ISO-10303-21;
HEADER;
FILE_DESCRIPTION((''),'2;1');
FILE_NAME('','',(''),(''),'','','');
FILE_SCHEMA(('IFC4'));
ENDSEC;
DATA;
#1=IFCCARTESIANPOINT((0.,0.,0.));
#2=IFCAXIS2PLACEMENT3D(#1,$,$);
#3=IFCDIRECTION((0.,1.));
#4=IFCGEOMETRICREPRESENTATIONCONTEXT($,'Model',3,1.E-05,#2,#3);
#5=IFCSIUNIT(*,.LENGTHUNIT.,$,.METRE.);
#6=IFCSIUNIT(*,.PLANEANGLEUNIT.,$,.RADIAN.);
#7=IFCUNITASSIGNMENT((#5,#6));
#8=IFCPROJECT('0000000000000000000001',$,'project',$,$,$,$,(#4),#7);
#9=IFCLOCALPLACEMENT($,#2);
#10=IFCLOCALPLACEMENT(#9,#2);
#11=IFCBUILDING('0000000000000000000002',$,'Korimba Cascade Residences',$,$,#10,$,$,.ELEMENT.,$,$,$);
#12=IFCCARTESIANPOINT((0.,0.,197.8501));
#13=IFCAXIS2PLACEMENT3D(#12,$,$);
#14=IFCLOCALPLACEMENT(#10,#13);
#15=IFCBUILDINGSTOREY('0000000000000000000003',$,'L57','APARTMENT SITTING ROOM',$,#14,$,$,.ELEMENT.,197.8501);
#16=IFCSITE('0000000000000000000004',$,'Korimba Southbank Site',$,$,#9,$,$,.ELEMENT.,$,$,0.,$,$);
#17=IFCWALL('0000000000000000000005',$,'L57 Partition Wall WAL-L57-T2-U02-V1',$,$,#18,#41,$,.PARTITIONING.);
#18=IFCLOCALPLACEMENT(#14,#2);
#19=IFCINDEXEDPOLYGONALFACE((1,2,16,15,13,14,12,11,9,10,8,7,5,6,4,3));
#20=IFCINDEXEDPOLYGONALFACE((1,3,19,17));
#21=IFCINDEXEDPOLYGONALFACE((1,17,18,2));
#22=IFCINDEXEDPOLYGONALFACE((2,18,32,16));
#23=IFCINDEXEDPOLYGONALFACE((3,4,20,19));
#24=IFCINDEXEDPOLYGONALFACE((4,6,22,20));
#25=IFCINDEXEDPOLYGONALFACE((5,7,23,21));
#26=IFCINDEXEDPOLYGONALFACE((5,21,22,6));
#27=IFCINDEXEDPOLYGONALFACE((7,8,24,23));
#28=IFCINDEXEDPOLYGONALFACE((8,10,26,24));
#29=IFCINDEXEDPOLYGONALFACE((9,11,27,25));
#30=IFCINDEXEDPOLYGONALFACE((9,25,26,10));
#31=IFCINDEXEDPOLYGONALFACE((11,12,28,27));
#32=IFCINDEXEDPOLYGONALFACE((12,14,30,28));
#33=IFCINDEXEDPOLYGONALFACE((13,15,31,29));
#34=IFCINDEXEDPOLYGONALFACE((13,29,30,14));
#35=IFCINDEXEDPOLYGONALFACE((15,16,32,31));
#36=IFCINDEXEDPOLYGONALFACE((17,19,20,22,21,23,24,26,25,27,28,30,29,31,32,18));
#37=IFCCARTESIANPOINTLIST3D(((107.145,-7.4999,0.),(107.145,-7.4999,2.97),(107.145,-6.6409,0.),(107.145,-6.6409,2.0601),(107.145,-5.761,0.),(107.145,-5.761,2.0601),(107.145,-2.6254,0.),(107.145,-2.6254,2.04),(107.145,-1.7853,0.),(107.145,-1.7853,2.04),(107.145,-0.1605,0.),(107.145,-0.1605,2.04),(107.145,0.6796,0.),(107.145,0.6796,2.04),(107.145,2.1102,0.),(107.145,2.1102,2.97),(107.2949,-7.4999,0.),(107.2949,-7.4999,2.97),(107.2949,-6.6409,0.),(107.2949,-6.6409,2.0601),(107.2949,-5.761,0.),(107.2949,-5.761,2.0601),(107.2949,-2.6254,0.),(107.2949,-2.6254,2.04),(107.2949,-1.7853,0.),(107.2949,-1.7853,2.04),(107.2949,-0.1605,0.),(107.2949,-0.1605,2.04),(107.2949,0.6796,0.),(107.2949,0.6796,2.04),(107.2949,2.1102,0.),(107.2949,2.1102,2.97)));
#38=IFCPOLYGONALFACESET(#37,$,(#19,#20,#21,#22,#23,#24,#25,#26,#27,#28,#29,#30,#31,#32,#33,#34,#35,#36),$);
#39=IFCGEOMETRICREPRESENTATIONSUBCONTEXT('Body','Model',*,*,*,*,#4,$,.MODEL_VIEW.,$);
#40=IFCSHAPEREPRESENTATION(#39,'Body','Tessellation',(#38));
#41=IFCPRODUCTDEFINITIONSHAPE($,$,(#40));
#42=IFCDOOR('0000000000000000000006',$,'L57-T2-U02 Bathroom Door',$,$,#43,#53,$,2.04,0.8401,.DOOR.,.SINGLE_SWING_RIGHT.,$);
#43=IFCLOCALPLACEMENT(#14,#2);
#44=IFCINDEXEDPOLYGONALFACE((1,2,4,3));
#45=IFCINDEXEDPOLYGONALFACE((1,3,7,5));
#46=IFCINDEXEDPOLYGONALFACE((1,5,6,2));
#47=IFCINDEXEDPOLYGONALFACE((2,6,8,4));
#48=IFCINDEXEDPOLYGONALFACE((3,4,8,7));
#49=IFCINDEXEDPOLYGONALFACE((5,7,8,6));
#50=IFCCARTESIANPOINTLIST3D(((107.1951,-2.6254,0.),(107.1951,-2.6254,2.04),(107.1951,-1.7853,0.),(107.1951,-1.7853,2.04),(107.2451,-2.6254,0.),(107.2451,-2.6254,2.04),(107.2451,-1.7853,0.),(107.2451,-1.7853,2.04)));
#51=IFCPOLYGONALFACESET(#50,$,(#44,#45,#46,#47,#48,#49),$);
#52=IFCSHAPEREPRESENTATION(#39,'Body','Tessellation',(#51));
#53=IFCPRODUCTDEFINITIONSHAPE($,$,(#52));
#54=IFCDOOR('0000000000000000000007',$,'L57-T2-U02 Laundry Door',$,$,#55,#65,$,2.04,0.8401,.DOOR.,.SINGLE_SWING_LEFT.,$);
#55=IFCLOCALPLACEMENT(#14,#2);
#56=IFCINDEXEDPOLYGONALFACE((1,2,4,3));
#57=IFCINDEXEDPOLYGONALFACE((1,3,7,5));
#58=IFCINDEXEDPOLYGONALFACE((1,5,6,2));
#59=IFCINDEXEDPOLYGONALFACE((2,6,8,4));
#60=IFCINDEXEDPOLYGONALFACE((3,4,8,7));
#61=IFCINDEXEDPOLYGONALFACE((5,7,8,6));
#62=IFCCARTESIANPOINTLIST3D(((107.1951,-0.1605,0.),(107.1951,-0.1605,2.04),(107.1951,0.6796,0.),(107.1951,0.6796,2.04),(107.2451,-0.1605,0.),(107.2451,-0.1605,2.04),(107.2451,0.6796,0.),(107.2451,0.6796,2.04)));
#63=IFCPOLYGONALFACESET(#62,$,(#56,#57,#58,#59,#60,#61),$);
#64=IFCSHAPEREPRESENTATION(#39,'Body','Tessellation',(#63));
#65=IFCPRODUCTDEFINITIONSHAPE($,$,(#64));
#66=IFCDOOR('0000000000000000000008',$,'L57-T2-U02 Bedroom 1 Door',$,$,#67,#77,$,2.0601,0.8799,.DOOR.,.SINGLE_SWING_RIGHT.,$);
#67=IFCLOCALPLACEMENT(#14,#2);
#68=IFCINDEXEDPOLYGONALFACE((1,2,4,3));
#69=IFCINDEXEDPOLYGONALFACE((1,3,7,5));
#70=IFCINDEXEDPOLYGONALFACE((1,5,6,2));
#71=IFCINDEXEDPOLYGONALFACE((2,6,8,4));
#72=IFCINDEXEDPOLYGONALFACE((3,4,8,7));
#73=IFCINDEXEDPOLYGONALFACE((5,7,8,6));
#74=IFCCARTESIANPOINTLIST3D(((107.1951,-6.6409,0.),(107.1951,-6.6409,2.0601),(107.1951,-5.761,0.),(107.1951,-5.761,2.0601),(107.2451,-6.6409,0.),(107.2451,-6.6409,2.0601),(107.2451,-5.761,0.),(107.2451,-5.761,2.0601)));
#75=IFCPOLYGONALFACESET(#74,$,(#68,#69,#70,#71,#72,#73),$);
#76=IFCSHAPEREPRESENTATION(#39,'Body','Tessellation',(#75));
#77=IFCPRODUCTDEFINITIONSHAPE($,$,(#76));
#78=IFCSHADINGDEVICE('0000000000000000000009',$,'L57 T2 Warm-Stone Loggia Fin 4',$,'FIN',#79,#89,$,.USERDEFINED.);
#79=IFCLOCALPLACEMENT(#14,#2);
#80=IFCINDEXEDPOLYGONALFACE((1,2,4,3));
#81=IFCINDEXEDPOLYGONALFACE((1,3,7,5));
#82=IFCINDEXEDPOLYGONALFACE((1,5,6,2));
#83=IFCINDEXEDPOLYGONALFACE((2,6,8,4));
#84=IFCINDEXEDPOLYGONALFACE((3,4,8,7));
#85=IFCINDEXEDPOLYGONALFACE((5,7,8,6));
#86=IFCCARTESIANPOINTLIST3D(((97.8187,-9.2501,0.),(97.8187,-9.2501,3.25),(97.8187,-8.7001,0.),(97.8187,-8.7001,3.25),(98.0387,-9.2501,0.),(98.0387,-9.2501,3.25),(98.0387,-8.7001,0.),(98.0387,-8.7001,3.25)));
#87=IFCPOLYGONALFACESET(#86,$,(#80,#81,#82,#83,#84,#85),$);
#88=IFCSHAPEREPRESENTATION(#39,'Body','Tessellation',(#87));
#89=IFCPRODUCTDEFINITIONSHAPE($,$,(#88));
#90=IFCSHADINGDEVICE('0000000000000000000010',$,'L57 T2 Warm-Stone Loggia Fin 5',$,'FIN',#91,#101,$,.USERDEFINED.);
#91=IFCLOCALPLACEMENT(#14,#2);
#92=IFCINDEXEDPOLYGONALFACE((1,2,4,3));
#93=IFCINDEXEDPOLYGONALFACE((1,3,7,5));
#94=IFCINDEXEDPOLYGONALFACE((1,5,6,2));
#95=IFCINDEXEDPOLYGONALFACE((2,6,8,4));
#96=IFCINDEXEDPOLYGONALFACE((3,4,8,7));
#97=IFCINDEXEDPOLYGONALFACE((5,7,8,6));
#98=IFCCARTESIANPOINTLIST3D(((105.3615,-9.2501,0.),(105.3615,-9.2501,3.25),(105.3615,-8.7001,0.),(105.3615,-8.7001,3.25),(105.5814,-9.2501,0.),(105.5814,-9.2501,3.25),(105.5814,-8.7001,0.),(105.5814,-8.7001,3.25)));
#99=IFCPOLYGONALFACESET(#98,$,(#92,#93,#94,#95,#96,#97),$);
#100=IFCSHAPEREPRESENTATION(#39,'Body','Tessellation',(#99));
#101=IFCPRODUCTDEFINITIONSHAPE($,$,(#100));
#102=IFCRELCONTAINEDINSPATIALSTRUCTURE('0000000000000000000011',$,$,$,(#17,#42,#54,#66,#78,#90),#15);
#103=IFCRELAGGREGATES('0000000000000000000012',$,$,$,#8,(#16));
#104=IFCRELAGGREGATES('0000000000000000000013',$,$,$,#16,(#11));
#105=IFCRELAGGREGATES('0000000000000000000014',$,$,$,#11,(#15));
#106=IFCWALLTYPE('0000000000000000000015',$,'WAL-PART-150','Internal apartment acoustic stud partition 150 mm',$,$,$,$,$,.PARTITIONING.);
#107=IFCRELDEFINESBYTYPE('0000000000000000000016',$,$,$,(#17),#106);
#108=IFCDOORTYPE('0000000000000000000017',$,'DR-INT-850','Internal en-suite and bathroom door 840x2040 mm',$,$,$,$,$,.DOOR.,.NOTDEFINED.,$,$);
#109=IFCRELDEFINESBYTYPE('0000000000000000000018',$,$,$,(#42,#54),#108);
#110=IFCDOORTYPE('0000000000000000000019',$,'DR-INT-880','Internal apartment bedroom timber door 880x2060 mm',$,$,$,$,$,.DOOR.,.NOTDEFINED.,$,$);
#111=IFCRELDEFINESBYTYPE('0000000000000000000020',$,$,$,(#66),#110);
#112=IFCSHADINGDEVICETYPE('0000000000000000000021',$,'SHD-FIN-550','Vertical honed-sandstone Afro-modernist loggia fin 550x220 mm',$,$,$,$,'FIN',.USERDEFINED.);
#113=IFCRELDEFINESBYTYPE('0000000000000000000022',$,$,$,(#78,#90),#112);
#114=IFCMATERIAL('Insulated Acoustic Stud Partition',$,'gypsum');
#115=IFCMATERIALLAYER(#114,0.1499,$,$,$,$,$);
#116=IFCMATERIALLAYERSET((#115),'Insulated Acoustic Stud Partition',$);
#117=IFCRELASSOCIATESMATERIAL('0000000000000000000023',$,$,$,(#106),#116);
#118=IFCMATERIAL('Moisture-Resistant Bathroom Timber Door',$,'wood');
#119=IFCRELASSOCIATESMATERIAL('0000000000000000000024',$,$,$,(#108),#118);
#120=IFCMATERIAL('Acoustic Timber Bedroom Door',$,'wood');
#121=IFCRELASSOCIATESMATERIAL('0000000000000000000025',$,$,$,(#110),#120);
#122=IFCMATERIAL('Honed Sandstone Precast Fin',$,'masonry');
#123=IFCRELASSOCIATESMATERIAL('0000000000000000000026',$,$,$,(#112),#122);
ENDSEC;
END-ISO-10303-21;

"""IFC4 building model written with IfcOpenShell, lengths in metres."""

from ifc_helpers import new_model, si_unit, direction, frame, frame_2d, origin, origin_2d, place, context, subcontext, project, spatial, rectangle, extrude, material, layer, layer_set, type_object, element, fill, save


model = new_model("IFC4")

# Units and contexts
model_context = context("Model", 3, precision=1e-05, world=origin(), true_north=direction((0.0, 1.0)))
body_context = subcontext(model_context, "Body", "Model", "MODEL_VIEW")
ifc_project = project(units=[si_unit("LENGTHUNIT", "METRE"), si_unit("PLANEANGLEUNIT", "RADIAN")], contexts=[model_context])

# Site, building, storey
site_placement = place(None, origin())
site = spatial("IfcSite", under=ifc_project, at=site_placement, Name="Korimba Southbank Site", CompositionType="ELEMENT", RefElevation=0.0)
building_placement = place(site_placement, origin())
building = spatial("IfcBuilding", under=site, at=building_placement, Name="Korimba Cascade Residences", CompositionType="ELEMENT")
storey_placement = place(building_placement, frame((0.0, 0.0, 197.8501)))
storey = spatial("IfcBuildingStorey", under=building, at=storey_placement, Name="L57", Description="APARTMENT SITTING ROOM", CompositionType="ELEMENT", Elevation=197.8501)

# Shared definitions
ifc_material_1 = material(Name="Insulated Acoustic Stud Partition", Category="gypsum")
ifc_layer = layer(ifc_material_1, 0.1499)
ifc_layer_set = layer_set([ifc_layer], Name="Insulated Acoustic Stud Partition")
wall_type = type_object("IfcWallType", Name="WAL-PART-150", Description="Internal apartment acoustic stud partition 150 mm", PredefinedType="PARTITIONING", material=ifc_layer_set)
ifc_material_2 = material(Name="Moisture-Resistant Bathroom Timber Door", Category="wood")
door_type_1 = type_object("IfcDoorType", Name="DR-INT-850", Description="Internal en-suite and bathroom door 840x2040 mm", OperationType="NOTDEFINED", PredefinedType="DOOR", material=ifc_material_2)
ifc_material_3 = material(Name="Acoustic Timber Bedroom Door", Category="wood")
door_type_2 = type_object("IfcDoorType", Name="DR-INT-880", Description="Internal apartment bedroom timber door 880x2060 mm", OperationType="NOTDEFINED", PredefinedType="DOOR", material=ifc_material_3)

# Wall, openings, doors
wall_1_placement = place(storey_placement, frame((107.22, -7.5, 0.0), z_axis=(0.0, 0.0, 1.0), x_axis=(0.0, 1.0, 0.0)))
wall_1 = element("IfcWall", 1, at=wall_1_placement, inside=storey, type_object=wall_type, Name="L57 Partition Wall WAL-L57-T2-U02-V1", PredefinedType="PARTITIONING", context=body_context, shape_type="SweptSolid", body=[
    extrude(rectangle(XDim=9.6101, YDim=0.1499, at=frame_2d((4.8052, 0.0))), origin(), (0.0, 0.0, 1.0), 2.97),
])
opening_1_placement = place(wall_1_placement, frame((4.8748, 0.0, 0.0)))
opening_1 = element("IfcOpeningElement", 2, at=opening_1_placement, cuts=wall_1, PredefinedType="OPENING", context=body_context, shape_type="SweptSolid", body=[
    extrude(rectangle(XDim=0.8401, YDim=2.04, at=frame_2d((0.4199, 1.02))), frame((0.0, 0.085, 0.0), z_axis=(0.0, -1.0, 0.0), x_axis=(1.0, 0.0, 0.0)), (0.0, 0.0, 1.0), 0.1699),
])
opening_2_placement = place(wall_1_placement, frame((7.3396, 0.0, 0.0)))
opening_2 = element("IfcOpeningElement", 3, at=opening_2_placement, cuts=wall_1, PredefinedType="OPENING", context=body_context, shape_type="SweptSolid", body=[
    extrude(rectangle(XDim=0.8401, YDim=2.04, at=frame_2d((0.4199, 1.02))), frame((0.0, 0.085, 0.0), z_axis=(0.0, -1.0, 0.0), x_axis=(1.0, 0.0, 0.0)), (0.0, 0.0, 1.0), 0.1699),
])
opening_3_placement = place(wall_1_placement, frame((0.8591, 0.0, 0.0)))
opening_3 = element("IfcOpeningElement", 4, at=opening_3_placement, cuts=wall_1, PredefinedType="OPENING", context=body_context, shape_type="SweptSolid", body=[
    extrude(rectangle(XDim=0.8799, YDim=2.0601, at=frame_2d((0.4399, 1.03))), frame((0.0, 0.085, 0.0), z_axis=(0.0, -1.0, 0.0), x_axis=(1.0, 0.0, 0.0)), (0.0, 0.0, 1.0), 0.1699),
])
door_1_placement = place(opening_1_placement, origin())
door_1 = element("IfcDoor", 5, at=door_1_placement, inside=storey, type_object=door_type_1, Name="L57-T2-U02 Bathroom Door", OperationType="SINGLE_SWING_RIGHT", OverallHeight=2.04, OverallWidth=0.8401, PredefinedType="DOOR", context=body_context, shape_type="SweptSolid", body=[
    extrude(rectangle(XDim=0.8401, YDim=2.04, at=frame_2d((0.4199, 1.02))), frame((0.0, 0.0249, 0.0), z_axis=(0.0, -1.0, 0.0), x_axis=(1.0, 0.0, 0.0)), (0.0, 0.0, 1.0), 0.05),
])
fill(opening_1, door_1)
door_2_placement = place(opening_2_placement, origin())
door_2 = element("IfcDoor", 6, at=door_2_placement, inside=storey, type_object=door_type_1, Name="L57-T2-U02 Laundry Door", OperationType="SINGLE_SWING_LEFT", OverallHeight=2.04, OverallWidth=0.8401, PredefinedType="DOOR", context=body_context, shape_type="SweptSolid", body=[
    extrude(rectangle(XDim=0.8401, YDim=2.04, at=frame_2d((0.4199, 1.02))), frame((0.0, 0.0249, 0.0), z_axis=(0.0, -1.0, 0.0), x_axis=(1.0, 0.0, 0.0)), (0.0, 0.0, 1.0), 0.05),
])
fill(opening_2, door_2)
door_3_placement = place(opening_3_placement, origin())
door_3 = element("IfcDoor", 7, at=door_3_placement, inside=storey, type_object=door_type_2, Name="L57-T2-U02 Bedroom 1 Door", OperationType="SINGLE_SWING_RIGHT", OverallHeight=2.0601, OverallWidth=0.8799, PredefinedType="DOOR", context=body_context, shape_type="SweptSolid", body=[
    extrude(rectangle(XDim=0.8799, YDim=2.0601, at=frame_2d((0.4399, 1.03))), frame((0.0, 0.0249, 0.0), z_axis=(0.0, -1.0, 0.0), x_axis=(1.0, 0.0, 0.0)), (0.0, 0.0, 1.0), 0.05),
])
fill(opening_3, door_3)

# Shading devices
ifc_material_4 = material(Name="Honed Sandstone Precast Fin", Category="masonry")
shading_device_type = type_object("IfcShadingDeviceType", Name="SHD-FIN-550", Description="Vertical honed-sandstone Afro-modernist loggia fin 550x220 mm", ElementType="FIN", PredefinedType="USERDEFINED", material=ifc_material_4)
for number, where, z_axis, x_axis, name in (
    (8, (97.9287, -8.9751, 0.0), (0.0, 0.0, 1.0), (1.0, 0.0, 0.0), "L57 T2 Warm-Stone Loggia Fin 4"),
    (9, (105.4714, -8.9751, 0.0), (0.0, 0.0, 1.0), (1.0, 0.0, 0.0), "L57 T2 Warm-Stone Loggia Fin 5"),
):
    element("IfcShadingDevice", number, at=place(storey_placement, frame(where, z_axis=z_axis, x_axis=x_axis)), inside=storey, type_object=shading_device_type, Name=name, ObjectType="FIN", PredefinedType="USERDEFINED", context=body_context, shape_type="SweptSolid", body=[
        extrude(rectangle(XDim=0.22, YDim=0.55, at=origin_2d()), origin(), (0.0, 0.0, 1.0), 3.25),
    ])

save(model, "model.ifc")
